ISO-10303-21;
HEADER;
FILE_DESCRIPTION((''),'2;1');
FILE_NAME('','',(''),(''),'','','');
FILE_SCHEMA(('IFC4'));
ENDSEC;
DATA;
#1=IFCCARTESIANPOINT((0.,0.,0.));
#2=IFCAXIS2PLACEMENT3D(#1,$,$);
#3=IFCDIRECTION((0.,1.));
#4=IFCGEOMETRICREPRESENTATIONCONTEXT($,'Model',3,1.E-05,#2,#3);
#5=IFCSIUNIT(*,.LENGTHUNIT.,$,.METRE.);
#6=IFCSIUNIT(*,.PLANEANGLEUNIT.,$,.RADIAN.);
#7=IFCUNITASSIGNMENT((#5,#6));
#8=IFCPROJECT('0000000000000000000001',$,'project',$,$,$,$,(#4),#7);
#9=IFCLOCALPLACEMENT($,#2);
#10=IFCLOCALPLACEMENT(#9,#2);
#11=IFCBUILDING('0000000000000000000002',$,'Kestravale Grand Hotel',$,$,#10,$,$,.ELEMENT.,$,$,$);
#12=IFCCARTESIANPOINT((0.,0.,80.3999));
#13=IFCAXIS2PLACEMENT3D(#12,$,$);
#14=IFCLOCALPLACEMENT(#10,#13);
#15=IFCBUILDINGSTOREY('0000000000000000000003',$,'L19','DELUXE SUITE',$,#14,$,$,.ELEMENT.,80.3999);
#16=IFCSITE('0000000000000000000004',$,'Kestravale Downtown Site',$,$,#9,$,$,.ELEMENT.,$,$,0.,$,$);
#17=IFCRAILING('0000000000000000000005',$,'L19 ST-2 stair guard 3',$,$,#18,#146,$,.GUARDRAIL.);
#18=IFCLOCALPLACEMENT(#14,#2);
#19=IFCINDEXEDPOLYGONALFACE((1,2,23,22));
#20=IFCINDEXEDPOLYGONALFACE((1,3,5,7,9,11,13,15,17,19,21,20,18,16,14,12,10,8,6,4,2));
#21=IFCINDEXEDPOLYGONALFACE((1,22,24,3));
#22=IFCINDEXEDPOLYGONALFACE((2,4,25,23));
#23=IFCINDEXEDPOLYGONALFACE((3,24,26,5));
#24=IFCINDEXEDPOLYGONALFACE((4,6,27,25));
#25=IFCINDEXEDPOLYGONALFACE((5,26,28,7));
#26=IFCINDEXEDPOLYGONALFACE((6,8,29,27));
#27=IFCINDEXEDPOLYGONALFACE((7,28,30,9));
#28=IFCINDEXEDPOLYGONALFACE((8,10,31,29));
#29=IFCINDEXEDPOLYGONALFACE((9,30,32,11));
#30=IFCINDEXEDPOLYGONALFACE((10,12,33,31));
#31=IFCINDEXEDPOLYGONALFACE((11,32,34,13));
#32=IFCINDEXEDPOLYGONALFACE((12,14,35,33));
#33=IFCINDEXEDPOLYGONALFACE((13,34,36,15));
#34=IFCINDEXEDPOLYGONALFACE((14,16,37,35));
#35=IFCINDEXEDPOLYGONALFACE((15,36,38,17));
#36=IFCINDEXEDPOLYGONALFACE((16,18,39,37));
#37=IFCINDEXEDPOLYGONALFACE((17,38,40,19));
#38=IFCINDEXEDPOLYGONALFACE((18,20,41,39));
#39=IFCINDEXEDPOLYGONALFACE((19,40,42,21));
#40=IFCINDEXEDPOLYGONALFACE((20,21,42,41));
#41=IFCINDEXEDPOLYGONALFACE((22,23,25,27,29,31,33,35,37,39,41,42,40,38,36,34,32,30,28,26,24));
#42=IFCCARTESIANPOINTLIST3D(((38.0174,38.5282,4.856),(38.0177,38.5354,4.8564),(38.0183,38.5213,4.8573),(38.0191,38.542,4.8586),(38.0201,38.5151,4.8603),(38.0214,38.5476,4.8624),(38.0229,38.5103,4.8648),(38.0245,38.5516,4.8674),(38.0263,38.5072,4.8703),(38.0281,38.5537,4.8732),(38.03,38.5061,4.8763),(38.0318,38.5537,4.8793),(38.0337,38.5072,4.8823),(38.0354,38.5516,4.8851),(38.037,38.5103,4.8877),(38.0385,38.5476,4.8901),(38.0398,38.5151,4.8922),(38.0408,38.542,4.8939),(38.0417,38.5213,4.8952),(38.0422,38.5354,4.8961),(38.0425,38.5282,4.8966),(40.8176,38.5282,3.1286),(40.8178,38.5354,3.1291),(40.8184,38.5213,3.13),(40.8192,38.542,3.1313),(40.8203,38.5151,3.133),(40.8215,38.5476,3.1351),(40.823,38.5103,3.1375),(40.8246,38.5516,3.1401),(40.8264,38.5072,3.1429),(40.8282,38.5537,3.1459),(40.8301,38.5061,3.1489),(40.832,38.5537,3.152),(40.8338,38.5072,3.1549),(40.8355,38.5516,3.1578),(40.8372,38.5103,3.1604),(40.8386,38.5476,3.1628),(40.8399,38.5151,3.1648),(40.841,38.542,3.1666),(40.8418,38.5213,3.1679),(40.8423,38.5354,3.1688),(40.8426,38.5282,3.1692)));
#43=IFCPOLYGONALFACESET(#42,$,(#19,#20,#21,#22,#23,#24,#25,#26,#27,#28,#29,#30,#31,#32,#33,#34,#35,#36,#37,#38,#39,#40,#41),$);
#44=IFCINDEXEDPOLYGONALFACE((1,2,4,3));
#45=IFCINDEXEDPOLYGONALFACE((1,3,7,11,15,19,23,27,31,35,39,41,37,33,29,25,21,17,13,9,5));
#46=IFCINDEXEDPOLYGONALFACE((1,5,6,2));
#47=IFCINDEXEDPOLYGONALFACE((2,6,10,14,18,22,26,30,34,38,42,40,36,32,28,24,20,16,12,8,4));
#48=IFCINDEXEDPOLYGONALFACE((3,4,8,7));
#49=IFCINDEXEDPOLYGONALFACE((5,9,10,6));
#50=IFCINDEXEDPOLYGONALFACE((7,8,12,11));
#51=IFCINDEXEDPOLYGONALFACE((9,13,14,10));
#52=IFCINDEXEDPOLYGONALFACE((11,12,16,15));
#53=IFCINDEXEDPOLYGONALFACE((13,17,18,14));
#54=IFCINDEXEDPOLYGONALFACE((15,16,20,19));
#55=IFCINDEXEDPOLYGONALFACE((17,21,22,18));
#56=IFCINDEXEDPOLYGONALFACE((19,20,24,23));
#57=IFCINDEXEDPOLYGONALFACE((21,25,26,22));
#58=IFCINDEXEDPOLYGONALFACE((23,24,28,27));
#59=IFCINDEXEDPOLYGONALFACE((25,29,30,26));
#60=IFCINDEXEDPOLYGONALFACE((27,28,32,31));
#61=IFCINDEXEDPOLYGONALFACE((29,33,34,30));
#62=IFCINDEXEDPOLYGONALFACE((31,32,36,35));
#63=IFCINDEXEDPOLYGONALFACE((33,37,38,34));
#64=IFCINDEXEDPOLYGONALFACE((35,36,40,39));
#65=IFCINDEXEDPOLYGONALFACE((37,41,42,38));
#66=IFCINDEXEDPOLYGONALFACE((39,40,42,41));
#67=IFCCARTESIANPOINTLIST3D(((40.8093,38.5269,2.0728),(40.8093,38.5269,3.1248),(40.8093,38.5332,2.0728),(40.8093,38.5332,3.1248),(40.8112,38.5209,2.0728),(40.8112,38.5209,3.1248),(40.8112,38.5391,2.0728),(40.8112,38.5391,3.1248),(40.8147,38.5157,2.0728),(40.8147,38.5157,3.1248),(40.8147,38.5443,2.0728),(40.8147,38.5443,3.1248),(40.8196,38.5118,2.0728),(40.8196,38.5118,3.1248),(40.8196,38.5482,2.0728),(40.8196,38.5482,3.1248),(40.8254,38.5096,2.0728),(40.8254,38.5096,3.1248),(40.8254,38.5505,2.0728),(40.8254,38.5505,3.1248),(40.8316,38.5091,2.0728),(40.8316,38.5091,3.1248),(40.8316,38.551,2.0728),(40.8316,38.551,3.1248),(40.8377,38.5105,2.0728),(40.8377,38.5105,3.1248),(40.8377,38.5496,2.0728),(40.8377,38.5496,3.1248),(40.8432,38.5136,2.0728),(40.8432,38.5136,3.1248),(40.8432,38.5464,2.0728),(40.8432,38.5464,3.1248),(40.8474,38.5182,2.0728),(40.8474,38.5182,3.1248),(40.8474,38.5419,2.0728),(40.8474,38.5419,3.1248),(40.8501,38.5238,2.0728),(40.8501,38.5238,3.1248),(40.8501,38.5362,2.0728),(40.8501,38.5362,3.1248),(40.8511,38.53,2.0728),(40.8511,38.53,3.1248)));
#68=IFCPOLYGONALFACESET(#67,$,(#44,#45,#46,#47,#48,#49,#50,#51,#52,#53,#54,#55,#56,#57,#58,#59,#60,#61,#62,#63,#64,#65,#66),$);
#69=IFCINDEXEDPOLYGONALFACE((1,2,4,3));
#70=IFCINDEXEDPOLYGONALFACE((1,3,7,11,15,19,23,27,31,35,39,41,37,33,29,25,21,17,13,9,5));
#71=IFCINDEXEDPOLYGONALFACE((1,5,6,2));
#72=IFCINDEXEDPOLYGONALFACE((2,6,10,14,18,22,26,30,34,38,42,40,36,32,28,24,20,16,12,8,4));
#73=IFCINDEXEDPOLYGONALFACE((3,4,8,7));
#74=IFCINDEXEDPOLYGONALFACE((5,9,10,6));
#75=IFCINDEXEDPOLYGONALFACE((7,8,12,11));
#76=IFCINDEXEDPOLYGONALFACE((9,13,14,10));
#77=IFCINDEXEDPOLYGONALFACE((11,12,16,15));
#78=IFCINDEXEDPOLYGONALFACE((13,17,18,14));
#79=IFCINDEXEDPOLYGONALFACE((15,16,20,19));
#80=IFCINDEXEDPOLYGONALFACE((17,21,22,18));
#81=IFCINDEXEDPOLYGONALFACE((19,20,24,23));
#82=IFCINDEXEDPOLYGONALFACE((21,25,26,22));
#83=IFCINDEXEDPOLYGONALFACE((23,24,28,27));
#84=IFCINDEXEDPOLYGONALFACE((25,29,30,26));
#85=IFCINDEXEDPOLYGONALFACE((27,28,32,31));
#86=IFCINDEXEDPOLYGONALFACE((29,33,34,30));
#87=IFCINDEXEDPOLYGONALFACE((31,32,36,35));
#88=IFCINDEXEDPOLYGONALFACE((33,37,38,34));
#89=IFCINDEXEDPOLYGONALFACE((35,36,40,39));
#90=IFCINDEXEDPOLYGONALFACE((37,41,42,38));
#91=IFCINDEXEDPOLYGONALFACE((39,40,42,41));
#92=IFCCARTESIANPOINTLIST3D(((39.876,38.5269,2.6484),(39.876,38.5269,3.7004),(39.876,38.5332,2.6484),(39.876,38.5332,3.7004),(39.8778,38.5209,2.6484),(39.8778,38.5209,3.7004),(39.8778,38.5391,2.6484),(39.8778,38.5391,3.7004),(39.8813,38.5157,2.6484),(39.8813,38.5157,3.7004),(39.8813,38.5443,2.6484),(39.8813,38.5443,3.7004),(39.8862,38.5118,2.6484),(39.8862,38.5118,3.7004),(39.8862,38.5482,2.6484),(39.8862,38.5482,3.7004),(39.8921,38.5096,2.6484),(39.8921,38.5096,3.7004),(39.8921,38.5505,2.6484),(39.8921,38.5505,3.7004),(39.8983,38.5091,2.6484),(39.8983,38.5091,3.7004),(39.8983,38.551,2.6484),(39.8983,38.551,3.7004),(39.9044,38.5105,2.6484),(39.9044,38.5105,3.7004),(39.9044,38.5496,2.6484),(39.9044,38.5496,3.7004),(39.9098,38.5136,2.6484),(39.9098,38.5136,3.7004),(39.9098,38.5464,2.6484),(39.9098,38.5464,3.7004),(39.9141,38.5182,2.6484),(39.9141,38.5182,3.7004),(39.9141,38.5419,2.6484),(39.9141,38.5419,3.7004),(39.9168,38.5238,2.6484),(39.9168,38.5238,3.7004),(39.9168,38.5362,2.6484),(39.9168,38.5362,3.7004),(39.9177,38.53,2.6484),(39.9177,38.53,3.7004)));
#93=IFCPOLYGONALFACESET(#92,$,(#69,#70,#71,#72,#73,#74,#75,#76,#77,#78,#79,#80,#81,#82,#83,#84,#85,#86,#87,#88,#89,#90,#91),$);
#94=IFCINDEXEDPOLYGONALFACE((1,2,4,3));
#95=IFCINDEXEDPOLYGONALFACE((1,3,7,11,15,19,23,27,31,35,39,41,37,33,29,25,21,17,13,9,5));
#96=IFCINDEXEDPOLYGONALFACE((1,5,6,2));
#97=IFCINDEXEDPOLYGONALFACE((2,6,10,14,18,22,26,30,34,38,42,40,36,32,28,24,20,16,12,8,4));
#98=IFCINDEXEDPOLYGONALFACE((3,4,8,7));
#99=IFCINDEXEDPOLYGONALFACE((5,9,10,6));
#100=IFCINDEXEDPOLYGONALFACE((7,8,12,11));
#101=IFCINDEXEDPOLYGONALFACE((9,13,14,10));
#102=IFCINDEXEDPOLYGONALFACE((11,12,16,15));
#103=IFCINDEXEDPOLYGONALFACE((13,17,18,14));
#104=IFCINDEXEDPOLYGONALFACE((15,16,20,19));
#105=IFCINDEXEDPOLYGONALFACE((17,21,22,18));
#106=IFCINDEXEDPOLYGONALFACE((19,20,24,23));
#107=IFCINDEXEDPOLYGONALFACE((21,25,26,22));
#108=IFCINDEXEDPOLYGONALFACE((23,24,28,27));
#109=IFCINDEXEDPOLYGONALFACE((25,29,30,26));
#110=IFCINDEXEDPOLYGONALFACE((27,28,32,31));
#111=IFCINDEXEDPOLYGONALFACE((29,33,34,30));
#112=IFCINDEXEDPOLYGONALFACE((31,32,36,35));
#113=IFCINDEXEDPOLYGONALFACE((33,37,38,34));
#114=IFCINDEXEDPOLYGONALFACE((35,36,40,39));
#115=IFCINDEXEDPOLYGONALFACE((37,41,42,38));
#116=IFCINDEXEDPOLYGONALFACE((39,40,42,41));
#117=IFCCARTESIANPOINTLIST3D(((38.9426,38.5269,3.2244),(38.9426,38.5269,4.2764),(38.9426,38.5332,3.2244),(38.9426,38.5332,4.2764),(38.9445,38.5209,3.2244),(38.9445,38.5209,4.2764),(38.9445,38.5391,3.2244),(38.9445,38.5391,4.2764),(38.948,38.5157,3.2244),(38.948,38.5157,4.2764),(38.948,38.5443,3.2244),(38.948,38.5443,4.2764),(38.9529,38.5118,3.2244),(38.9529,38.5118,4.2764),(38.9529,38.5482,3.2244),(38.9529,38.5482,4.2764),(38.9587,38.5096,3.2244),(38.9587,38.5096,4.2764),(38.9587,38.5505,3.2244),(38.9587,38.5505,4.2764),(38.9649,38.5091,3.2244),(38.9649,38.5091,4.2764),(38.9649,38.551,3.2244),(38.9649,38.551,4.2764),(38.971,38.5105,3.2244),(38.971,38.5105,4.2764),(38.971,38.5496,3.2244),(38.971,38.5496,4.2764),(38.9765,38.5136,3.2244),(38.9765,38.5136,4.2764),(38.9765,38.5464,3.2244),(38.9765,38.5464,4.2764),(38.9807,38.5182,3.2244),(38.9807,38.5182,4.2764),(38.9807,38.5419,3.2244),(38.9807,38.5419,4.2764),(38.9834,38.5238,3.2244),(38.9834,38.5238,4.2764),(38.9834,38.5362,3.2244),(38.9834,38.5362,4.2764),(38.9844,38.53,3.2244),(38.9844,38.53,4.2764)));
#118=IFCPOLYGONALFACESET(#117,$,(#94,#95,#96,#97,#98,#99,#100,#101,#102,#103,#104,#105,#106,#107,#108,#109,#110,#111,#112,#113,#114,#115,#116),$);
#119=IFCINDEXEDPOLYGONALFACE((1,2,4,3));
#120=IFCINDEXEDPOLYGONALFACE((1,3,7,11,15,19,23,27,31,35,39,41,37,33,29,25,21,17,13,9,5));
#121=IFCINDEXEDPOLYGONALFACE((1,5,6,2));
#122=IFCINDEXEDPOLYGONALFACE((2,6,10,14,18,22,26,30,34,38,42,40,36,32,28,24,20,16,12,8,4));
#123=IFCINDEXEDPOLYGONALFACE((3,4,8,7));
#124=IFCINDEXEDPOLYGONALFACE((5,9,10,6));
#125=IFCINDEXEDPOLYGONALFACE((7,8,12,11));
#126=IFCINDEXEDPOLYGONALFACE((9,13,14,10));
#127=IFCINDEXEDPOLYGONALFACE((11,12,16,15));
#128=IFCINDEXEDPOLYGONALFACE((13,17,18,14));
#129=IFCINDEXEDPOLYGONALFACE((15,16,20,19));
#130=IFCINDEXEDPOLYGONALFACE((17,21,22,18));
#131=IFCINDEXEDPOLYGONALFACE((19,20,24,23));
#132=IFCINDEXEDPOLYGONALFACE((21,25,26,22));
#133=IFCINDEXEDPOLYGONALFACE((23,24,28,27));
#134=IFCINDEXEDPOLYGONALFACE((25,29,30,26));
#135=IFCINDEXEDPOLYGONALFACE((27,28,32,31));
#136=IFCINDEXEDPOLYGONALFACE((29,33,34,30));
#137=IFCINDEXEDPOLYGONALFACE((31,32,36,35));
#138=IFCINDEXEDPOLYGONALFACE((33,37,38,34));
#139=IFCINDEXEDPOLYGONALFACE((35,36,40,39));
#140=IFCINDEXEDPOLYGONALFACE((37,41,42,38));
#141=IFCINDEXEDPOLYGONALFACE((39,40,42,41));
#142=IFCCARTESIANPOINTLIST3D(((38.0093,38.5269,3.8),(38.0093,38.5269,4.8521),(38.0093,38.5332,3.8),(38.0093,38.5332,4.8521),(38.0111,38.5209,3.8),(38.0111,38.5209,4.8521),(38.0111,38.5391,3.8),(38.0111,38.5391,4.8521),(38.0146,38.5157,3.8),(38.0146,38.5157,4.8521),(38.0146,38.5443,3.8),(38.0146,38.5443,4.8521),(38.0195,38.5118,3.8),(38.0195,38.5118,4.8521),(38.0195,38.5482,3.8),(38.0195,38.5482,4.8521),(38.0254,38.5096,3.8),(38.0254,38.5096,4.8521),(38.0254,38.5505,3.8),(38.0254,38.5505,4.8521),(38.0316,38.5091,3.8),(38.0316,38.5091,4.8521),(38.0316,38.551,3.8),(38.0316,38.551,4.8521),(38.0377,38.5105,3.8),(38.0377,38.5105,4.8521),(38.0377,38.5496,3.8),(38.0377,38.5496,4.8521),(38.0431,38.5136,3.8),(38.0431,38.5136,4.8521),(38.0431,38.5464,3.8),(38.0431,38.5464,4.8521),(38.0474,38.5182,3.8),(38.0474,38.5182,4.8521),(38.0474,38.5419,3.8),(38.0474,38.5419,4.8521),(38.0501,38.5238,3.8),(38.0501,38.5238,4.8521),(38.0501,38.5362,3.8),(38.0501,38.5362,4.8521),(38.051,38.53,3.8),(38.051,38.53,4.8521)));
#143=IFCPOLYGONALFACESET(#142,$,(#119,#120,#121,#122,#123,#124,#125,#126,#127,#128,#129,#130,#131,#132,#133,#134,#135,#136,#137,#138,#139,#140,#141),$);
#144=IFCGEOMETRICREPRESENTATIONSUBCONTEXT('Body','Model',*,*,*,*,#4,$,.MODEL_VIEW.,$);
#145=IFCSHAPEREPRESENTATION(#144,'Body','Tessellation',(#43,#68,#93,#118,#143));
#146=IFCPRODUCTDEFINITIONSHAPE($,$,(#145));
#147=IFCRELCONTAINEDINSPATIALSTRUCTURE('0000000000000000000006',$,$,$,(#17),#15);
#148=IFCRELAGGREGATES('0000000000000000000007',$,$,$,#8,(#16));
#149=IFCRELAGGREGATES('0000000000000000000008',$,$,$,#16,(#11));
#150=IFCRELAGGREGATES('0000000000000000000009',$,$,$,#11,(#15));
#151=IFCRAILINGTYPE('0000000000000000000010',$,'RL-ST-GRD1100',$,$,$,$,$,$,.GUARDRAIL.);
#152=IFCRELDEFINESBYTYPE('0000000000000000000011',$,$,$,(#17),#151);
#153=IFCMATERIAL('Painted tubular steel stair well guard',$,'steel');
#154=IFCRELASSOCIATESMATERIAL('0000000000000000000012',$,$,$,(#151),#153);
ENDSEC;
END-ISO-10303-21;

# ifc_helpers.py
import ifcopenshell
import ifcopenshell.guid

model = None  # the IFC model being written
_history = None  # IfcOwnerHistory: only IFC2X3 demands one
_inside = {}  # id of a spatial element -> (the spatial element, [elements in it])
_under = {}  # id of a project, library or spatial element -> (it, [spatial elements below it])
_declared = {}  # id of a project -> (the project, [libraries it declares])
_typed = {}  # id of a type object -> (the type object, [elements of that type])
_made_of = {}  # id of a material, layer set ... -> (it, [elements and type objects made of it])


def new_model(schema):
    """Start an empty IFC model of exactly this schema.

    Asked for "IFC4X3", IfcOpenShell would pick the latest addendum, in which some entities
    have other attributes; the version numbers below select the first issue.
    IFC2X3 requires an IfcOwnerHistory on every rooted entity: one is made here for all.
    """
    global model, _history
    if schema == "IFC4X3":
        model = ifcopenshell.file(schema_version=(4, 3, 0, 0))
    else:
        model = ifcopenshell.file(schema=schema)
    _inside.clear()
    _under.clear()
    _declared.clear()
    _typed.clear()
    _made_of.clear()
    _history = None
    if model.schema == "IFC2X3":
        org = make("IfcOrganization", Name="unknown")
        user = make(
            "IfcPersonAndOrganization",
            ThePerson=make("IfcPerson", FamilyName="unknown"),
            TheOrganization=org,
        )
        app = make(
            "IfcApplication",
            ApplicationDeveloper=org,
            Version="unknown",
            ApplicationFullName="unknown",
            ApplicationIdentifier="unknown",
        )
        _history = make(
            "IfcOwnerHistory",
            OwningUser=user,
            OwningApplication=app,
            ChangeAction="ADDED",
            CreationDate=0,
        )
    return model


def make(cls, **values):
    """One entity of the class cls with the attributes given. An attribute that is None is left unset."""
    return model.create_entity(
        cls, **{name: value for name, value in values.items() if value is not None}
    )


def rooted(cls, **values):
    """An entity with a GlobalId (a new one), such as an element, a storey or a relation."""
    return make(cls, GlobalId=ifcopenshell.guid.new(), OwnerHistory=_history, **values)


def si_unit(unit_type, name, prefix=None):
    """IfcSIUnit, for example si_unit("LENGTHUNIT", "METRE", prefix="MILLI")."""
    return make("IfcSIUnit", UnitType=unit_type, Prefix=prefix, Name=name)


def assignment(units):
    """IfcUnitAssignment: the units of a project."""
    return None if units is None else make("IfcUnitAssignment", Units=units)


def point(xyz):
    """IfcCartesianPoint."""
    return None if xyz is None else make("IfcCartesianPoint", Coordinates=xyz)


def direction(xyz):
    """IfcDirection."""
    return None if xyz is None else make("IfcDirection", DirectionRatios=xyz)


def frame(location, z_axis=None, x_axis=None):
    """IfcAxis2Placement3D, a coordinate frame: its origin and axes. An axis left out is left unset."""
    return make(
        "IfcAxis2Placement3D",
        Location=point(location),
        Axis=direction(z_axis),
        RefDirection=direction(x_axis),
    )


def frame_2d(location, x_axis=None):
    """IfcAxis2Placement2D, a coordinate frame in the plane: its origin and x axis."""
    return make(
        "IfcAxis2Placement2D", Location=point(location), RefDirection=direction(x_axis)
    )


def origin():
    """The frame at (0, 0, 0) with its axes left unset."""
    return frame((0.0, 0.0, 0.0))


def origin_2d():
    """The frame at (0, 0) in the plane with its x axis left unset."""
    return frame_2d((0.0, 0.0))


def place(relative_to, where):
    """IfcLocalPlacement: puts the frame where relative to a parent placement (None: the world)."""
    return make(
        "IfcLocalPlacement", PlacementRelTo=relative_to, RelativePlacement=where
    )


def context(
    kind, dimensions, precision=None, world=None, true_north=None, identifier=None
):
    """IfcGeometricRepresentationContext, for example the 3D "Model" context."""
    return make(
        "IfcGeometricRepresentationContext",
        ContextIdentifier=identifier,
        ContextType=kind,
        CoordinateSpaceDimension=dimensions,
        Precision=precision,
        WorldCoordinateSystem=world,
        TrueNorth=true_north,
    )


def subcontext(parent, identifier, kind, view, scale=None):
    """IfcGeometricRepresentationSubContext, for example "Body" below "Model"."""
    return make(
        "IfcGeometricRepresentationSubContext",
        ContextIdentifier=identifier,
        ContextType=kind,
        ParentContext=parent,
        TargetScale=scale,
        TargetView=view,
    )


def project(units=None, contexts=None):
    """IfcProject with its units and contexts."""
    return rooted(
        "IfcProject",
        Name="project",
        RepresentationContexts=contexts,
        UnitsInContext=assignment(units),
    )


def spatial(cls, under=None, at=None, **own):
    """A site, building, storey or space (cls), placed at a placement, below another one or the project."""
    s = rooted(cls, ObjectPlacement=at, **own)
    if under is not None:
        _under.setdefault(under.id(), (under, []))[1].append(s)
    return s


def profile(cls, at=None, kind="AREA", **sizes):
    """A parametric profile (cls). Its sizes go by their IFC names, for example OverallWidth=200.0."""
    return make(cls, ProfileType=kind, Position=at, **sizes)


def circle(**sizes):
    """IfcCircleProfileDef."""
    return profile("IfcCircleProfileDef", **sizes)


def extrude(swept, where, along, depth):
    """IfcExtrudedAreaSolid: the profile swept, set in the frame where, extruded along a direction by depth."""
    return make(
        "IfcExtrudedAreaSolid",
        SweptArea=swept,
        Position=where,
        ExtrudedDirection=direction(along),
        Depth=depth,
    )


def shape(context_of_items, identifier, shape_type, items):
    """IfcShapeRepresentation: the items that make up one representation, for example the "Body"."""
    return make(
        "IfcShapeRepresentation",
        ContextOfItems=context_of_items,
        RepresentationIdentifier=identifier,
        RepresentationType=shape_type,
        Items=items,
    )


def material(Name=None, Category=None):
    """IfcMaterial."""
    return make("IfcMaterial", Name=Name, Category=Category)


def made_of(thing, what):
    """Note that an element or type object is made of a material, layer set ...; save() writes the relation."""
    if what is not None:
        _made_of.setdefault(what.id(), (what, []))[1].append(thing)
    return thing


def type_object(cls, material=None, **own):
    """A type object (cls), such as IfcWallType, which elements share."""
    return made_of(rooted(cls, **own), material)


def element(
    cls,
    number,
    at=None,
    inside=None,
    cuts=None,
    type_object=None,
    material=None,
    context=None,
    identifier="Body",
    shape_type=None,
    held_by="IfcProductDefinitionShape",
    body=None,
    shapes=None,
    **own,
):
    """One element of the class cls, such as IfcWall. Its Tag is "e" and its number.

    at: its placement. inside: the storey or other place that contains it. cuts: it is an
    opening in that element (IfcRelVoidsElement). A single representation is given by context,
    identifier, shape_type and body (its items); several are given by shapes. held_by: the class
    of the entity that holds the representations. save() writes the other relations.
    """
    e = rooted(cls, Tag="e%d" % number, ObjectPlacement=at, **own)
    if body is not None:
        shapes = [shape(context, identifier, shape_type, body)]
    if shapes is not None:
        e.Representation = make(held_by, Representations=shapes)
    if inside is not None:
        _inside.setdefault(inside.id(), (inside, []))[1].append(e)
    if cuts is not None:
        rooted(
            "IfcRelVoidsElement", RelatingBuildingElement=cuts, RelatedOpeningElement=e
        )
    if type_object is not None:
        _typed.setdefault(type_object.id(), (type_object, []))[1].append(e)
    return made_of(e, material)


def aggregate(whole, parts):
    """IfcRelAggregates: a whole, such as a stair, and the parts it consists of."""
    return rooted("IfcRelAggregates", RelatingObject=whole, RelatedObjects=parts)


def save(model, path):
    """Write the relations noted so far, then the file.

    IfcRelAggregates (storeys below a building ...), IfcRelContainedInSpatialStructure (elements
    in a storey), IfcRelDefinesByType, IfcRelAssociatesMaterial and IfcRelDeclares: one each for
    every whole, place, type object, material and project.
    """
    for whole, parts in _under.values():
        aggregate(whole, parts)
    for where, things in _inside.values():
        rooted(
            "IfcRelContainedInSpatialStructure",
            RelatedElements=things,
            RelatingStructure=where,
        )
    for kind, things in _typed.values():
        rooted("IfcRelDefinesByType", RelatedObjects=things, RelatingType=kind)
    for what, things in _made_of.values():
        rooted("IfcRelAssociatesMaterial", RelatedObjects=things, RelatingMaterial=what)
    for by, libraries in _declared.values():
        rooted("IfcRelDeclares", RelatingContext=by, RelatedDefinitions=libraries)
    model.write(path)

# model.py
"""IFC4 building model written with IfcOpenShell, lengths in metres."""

from ifc_helpers import new_model, si_unit, direction, frame, origin, origin_2d, place, context, subcontext, project, spatial, circle, extrude, material, type_object, element, save


model = new_model("IFC4")

# Units and contexts
model_context = context("Model", 3, precision=1e-05, world=origin(), true_north=direction((0.0, 1.0)))
body_context = subcontext(model_context, "Body", "Model", "MODEL_VIEW")
ifc_project = project(units=[si_unit("LENGTHUNIT", "METRE"), si_unit("PLANEANGLEUNIT", "RADIAN")], contexts=[model_context])

# Site, building, storey
site_placement = place(None, origin())
site = spatial("IfcSite", under=ifc_project, at=site_placement, Name="Kestravale Downtown Site", CompositionType="ELEMENT", RefElevation=0.0)
building_placement = place(site_placement, origin())
building = spatial("IfcBuilding", under=site, at=building_placement, Name="Kestravale Grand Hotel", CompositionType="ELEMENT")
storey_placement = place(building_placement, frame((0.0, 0.0, 80.3999)))
storey = spatial("IfcBuildingStorey", under=building, at=storey_placement, Name="L19", Description="DELUXE SUITE", CompositionType="ELEMENT", Elevation=80.3999)

# Railing
ifc_material_1 = material(Name="Painted tubular steel stair well guard", Category="steel")
railing_type_1 = type_object("IfcRailingType", Name="RL-ST-GRD1100", PredefinedType="GUARDRAIL", material=ifc_material_1)
railing_1_placement = place(storey_placement, frame((40.8301, 38.53, 2.0728)))
element("IfcRailing", 1, at=railing_1_placement, inside=storey, type_object=railing_type_1, Name="L19 ST-2 stair guard 3", PredefinedType="GUARDRAIL", context=body_context, shape_type="SweptSolid", body=[
    extrude(circle(Radius=0.0239, at=origin_2d()), frame((0.0, 0.0, 1.0762), z_axis=(-0.85109, 0.0, 0.52502), x_axis=(0.0, -1.0, 0.0)), (0.0, 0.0, 1.0), 3.29),
    extrude(circle(Radius=0.021, at=origin_2d()), origin(), (0.0, 0.0, 1.0), 1.052),
    extrude(circle(Radius=0.021, at=origin_2d()), frame((-0.9333, 0.0, 0.5757)), (0.0, 0.0, 1.0), 1.052),
    extrude(circle(Radius=0.021, at=origin_2d()), frame((-1.8667, 0.0, 1.1516)), (0.0, 0.0, 1.0), 1.052),
    extrude(circle(Radius=0.021, at=origin_2d()), frame((-2.8, 0.0, 1.7273)), (0.0, 0.0, 1.0), 1.052),
])

save(model, "model.ifc")
